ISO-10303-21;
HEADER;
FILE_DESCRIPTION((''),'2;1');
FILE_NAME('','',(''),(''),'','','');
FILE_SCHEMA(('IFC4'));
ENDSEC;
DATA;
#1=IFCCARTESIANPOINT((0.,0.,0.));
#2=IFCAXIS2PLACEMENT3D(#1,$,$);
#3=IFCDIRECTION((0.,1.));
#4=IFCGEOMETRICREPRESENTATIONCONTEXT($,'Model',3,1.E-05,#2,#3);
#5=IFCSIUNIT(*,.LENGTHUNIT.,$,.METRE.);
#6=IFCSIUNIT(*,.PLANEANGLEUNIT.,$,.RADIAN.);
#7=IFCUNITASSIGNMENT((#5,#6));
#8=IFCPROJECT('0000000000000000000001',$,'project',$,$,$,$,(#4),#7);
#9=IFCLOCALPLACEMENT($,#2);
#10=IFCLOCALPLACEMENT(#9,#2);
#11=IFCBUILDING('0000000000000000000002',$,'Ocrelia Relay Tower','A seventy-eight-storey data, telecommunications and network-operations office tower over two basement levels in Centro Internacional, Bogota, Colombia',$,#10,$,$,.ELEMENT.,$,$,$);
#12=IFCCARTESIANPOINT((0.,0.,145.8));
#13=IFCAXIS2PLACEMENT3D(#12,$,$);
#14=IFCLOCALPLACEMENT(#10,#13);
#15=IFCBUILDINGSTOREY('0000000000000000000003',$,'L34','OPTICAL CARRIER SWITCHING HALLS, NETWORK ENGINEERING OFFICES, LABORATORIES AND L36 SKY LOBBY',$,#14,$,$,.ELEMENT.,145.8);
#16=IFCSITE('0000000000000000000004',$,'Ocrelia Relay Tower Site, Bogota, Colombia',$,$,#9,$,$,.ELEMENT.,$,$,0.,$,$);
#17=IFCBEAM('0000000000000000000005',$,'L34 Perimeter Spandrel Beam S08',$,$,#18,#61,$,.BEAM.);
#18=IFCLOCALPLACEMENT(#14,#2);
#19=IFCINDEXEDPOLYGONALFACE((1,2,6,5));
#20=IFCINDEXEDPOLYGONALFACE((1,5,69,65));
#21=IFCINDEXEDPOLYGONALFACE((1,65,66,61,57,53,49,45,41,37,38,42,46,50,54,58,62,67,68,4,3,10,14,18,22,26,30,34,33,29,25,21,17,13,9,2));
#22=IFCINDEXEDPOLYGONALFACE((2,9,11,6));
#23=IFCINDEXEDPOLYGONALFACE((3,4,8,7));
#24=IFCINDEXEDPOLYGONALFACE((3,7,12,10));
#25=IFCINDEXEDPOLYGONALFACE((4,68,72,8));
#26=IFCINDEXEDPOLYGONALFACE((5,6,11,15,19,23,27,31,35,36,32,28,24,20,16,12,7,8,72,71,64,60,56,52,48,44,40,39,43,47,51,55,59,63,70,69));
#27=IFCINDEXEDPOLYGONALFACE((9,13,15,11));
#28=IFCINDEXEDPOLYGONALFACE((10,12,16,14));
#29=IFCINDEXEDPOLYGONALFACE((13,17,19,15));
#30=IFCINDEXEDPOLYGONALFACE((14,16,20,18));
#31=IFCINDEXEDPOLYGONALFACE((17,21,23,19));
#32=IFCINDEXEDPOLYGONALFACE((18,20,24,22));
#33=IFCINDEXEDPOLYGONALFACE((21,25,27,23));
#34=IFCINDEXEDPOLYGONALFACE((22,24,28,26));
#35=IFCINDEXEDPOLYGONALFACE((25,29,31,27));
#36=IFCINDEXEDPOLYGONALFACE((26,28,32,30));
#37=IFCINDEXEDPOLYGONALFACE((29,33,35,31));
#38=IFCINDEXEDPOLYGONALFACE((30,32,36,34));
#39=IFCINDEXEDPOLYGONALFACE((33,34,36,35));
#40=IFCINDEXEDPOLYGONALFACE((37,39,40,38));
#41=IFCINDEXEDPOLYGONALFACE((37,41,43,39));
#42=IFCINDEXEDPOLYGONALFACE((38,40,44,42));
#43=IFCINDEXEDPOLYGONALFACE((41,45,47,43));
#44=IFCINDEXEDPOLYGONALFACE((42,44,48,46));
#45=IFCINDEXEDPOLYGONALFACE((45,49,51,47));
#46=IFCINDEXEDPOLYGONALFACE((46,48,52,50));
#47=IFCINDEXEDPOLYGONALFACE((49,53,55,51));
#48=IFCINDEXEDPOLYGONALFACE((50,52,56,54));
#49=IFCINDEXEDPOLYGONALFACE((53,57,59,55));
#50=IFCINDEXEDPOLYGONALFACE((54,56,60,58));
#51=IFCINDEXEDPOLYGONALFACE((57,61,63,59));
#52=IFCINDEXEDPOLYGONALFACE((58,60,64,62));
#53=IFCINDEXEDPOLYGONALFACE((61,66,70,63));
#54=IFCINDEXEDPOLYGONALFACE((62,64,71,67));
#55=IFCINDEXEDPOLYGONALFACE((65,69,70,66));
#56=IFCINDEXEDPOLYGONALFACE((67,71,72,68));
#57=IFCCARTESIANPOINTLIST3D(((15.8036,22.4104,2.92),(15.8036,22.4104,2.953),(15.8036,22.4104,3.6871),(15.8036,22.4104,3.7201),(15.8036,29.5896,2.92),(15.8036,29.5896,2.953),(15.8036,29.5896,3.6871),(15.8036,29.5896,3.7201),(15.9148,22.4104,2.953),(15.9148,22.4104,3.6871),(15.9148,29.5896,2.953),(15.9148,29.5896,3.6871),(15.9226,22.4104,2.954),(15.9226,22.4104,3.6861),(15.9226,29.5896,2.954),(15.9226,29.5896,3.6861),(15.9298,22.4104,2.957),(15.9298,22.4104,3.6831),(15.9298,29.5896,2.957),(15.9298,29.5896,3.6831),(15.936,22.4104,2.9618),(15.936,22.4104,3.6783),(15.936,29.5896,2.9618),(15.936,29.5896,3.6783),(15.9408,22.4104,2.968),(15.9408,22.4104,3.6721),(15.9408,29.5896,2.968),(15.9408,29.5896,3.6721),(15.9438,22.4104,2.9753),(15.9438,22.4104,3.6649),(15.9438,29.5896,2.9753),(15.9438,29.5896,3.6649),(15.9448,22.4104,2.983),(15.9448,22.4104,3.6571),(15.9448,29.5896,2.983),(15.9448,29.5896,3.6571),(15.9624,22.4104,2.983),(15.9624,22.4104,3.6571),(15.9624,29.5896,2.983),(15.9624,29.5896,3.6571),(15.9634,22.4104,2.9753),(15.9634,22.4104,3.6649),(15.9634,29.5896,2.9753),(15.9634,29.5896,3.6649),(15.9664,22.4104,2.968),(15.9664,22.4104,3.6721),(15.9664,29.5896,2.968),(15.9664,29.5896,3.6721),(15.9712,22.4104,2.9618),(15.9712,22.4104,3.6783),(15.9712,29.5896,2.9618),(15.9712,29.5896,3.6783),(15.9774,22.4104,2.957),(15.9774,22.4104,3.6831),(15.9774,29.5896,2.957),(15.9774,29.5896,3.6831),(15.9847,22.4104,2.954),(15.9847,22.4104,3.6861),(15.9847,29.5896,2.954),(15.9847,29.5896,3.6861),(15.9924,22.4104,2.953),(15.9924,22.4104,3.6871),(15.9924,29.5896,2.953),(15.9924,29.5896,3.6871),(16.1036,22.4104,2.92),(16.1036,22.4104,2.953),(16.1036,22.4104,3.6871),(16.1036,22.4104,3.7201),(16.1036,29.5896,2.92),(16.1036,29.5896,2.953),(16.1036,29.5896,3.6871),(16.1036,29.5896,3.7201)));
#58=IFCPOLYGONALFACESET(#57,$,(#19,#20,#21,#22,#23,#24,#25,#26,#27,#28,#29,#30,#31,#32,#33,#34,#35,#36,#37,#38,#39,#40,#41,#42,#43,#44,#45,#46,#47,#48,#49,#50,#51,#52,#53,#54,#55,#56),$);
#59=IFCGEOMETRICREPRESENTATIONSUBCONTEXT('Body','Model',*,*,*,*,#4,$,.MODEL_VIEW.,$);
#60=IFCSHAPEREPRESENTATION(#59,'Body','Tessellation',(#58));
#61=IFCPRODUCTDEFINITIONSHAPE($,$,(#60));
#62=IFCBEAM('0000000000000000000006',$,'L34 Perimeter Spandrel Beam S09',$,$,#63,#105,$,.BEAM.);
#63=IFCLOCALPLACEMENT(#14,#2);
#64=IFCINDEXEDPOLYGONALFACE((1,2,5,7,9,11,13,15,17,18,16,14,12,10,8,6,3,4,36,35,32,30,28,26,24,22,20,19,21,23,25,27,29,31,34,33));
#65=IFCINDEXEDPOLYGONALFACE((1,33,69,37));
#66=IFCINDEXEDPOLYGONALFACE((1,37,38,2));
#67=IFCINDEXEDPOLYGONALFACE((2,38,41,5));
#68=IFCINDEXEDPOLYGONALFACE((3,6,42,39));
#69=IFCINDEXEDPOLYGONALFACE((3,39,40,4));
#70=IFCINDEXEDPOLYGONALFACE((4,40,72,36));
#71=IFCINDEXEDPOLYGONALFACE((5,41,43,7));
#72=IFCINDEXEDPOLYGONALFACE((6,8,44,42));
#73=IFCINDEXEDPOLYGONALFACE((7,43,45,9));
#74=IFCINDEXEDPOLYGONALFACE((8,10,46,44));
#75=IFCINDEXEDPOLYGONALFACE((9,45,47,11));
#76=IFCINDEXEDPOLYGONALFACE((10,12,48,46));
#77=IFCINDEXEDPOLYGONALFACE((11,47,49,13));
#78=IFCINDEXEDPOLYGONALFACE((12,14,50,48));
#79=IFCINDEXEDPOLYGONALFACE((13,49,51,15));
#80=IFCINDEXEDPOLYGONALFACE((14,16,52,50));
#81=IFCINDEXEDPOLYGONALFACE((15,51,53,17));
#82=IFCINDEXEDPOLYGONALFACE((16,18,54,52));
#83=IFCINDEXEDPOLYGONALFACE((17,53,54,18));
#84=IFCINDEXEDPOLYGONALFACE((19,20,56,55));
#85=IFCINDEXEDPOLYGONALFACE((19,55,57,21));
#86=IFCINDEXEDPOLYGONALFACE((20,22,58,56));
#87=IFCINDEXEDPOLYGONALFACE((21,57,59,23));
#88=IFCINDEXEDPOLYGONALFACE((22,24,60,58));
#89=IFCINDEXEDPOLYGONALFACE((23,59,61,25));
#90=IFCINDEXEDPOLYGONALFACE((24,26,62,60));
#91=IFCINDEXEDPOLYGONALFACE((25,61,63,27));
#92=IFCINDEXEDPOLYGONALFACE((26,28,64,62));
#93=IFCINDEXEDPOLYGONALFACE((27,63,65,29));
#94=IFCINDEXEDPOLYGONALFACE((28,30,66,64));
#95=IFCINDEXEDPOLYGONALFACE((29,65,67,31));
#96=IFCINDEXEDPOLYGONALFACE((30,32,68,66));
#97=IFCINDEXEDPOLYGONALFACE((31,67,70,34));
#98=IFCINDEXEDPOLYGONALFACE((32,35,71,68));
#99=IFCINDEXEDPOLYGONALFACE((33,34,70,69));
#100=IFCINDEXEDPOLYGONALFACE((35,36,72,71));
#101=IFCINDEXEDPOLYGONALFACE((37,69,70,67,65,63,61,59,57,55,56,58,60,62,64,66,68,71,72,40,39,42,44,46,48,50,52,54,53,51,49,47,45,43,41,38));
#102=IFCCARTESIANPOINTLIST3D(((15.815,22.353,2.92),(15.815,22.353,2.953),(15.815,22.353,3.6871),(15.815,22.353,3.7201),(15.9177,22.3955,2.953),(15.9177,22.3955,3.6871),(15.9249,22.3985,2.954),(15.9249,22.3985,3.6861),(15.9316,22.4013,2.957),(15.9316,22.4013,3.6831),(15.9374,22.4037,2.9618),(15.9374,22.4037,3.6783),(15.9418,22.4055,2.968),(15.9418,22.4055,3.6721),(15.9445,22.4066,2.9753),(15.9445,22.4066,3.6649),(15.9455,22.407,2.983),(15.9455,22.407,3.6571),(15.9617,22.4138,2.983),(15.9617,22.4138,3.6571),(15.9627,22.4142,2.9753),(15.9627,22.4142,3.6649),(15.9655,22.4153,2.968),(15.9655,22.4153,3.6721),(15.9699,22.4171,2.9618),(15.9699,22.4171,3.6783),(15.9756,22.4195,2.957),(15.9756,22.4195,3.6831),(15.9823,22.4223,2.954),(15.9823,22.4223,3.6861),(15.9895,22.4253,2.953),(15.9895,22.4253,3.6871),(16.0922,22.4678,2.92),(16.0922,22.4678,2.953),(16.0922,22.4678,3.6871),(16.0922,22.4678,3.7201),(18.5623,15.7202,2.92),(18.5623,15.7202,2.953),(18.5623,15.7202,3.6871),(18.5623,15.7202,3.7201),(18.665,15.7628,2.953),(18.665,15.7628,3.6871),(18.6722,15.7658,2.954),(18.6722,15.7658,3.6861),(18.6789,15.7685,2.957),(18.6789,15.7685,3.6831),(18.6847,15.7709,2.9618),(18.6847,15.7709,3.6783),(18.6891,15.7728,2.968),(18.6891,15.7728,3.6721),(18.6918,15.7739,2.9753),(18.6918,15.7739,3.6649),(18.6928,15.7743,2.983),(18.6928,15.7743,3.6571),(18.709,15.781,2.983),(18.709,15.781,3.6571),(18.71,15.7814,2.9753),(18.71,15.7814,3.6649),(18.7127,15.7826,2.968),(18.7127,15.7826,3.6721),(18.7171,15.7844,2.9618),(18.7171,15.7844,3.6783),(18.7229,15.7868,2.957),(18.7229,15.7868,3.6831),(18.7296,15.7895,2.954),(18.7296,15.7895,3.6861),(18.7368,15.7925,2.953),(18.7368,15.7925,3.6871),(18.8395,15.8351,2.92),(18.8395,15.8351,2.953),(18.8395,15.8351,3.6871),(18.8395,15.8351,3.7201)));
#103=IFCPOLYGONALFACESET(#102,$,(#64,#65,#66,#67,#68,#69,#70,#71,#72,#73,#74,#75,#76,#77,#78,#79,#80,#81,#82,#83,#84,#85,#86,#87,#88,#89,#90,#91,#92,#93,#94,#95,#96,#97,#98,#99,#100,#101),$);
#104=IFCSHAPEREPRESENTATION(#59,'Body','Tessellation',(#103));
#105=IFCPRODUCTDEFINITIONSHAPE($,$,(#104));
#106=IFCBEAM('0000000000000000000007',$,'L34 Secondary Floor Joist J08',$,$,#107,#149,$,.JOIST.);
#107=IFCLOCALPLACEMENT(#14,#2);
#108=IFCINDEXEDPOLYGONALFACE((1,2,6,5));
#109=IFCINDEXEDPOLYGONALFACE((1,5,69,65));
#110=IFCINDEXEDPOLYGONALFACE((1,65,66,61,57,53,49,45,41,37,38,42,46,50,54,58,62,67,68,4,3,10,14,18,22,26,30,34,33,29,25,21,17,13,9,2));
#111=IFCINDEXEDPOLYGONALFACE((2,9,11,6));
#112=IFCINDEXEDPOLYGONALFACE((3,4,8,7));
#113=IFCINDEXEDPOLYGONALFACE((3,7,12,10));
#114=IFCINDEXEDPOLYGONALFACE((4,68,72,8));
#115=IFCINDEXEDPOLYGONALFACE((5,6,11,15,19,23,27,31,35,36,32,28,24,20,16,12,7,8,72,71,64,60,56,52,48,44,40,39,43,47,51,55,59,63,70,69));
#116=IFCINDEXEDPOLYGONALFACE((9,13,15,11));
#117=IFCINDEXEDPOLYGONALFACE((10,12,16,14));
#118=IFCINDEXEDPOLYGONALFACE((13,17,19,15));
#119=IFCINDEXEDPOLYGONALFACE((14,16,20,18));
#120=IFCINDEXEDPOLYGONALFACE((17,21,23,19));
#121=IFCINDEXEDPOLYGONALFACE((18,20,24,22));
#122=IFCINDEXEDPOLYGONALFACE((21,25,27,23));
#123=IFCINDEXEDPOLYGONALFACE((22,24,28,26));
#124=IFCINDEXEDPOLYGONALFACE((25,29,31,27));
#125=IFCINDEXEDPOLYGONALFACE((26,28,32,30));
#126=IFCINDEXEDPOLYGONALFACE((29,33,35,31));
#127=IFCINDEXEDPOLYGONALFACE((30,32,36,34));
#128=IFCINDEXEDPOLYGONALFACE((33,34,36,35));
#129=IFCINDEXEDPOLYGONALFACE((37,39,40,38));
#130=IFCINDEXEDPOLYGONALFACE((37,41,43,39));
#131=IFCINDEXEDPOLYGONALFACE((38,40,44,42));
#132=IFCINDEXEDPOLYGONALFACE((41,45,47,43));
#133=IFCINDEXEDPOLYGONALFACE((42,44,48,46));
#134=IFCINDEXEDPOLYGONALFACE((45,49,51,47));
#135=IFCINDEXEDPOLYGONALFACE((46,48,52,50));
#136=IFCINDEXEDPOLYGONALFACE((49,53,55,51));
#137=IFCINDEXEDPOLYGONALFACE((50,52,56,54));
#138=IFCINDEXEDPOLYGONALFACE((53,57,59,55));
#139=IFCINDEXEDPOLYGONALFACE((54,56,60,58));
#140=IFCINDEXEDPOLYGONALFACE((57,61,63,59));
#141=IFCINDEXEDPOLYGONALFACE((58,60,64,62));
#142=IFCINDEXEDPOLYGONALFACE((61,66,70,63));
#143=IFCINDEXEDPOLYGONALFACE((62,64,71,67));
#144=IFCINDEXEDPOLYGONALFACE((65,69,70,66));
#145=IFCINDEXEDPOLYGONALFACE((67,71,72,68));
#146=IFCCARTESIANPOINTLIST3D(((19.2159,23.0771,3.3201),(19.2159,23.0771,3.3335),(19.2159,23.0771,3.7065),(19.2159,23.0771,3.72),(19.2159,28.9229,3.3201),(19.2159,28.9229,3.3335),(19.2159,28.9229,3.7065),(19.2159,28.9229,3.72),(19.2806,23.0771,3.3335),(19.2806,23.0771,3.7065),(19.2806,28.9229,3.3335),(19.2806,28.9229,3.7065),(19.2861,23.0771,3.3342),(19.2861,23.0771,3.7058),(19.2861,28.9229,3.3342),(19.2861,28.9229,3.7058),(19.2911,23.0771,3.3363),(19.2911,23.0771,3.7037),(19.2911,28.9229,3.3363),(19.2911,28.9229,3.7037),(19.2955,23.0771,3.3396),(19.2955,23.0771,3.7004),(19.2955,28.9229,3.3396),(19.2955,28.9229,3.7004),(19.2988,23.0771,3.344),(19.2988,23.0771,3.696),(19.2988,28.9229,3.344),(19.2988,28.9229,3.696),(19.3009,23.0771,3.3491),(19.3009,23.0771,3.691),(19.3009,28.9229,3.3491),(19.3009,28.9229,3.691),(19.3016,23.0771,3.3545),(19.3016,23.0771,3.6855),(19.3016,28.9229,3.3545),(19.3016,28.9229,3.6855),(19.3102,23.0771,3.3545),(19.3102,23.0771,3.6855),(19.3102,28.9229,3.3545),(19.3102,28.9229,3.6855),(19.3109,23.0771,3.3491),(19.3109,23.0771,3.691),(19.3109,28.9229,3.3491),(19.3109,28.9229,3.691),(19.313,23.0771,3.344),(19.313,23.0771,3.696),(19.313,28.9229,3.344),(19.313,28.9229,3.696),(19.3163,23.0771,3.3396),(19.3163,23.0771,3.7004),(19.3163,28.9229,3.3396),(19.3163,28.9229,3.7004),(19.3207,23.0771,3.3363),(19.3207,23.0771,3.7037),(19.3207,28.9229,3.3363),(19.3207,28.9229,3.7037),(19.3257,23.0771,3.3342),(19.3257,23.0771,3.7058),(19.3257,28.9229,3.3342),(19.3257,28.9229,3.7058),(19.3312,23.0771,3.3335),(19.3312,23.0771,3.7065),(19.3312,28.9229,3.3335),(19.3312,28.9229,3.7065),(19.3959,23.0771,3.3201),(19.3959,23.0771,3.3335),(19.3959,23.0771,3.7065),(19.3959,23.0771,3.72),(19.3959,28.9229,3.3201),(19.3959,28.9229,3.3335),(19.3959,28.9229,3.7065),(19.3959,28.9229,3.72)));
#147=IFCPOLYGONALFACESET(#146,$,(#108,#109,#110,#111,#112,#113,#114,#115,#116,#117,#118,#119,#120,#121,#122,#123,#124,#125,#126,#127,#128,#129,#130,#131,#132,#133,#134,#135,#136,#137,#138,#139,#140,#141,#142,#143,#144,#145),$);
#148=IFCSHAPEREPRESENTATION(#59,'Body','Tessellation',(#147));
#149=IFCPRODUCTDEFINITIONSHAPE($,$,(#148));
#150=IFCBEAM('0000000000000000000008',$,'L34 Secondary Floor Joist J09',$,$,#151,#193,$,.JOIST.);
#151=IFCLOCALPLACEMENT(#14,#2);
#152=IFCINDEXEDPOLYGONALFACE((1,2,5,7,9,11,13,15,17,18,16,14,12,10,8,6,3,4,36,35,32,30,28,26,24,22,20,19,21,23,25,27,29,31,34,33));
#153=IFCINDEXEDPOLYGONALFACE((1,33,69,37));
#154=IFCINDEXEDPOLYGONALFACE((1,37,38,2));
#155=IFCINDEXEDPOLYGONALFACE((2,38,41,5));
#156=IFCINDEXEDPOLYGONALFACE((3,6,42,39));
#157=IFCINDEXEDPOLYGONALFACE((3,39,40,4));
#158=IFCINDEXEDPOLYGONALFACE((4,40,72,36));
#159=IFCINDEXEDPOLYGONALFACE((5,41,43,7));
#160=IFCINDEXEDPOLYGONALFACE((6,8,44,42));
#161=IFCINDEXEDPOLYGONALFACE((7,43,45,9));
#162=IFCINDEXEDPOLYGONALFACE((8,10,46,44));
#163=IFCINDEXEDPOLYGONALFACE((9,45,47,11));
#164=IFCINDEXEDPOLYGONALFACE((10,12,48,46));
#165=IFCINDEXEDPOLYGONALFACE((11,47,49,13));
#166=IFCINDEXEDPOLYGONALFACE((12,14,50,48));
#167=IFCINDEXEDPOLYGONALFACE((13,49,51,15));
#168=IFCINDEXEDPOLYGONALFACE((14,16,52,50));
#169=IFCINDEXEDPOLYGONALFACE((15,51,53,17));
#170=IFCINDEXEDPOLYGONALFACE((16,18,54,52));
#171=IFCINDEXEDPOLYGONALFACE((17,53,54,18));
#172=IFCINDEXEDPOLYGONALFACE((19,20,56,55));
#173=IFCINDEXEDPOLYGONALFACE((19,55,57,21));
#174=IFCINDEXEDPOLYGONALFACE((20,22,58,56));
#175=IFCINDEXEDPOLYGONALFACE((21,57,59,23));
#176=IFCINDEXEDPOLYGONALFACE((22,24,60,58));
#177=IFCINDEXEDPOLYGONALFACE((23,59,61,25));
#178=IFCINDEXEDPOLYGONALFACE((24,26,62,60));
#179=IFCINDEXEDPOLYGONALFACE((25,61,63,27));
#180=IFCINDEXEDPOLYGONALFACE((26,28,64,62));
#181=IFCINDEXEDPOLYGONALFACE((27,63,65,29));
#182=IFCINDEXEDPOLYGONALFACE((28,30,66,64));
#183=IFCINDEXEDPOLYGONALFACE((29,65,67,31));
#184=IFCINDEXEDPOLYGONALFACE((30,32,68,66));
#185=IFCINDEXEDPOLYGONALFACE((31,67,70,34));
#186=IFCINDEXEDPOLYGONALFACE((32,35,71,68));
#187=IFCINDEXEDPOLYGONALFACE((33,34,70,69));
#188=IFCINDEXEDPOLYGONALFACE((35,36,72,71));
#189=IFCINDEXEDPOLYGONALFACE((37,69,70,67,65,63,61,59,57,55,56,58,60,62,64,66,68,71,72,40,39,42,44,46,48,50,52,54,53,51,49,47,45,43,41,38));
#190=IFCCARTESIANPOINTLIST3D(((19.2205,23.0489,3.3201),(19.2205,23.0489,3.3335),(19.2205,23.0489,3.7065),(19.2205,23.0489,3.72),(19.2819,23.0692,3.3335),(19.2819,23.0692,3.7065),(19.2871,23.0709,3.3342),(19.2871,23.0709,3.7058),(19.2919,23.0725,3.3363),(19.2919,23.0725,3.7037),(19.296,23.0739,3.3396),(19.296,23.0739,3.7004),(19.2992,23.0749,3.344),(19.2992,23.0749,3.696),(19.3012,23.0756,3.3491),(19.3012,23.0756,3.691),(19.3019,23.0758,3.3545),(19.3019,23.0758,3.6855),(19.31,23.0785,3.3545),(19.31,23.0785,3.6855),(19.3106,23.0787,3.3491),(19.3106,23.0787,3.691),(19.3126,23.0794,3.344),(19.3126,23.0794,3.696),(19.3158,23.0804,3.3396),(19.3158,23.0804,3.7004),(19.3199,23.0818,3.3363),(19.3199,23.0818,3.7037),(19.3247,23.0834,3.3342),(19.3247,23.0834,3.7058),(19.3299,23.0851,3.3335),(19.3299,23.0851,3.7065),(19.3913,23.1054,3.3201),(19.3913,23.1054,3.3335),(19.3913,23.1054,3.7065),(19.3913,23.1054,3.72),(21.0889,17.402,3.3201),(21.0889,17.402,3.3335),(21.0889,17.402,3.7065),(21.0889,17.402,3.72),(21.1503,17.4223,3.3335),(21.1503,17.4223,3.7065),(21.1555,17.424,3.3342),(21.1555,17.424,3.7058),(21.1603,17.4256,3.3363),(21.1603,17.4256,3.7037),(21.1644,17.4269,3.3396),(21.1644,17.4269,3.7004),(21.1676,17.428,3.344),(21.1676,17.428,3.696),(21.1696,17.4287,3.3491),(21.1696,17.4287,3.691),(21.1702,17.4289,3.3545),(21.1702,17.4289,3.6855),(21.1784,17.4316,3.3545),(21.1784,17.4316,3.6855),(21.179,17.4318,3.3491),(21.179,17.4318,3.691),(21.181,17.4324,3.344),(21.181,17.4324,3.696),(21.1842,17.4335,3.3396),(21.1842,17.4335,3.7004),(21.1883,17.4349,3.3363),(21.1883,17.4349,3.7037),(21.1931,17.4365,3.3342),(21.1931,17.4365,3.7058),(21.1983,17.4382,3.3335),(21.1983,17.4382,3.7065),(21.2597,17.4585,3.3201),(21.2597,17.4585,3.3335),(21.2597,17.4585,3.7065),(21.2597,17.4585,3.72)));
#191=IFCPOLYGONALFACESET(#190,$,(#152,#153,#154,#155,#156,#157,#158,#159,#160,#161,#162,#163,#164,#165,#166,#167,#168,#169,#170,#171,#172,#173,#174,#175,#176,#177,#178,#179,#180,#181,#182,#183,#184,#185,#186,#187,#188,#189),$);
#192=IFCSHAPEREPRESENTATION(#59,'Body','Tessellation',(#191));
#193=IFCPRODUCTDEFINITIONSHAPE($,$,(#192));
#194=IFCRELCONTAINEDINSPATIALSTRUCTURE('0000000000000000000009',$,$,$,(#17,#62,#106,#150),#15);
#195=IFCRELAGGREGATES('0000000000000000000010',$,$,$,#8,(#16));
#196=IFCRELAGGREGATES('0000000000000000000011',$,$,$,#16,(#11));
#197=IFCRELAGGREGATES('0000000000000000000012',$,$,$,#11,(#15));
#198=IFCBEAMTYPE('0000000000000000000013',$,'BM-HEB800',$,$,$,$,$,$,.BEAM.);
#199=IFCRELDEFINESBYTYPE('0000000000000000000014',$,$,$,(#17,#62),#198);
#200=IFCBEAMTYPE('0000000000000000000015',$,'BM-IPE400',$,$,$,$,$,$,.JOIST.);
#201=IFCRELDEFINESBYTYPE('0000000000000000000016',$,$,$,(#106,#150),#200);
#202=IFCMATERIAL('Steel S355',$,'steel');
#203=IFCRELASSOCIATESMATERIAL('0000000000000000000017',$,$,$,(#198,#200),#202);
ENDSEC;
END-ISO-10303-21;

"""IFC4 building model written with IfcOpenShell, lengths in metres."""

from ifc_helpers import new_model, si_unit, direction, frame, origin, origin_2d, place, context, subcontext, project, spatial, i_section, extrude, material, material_profile, profile_set, type_object, element, save


model = new_model("IFC4")

# Units and contexts
model_context = context("Model", 3, precision=1e-05, world=origin(), true_north=direction((0.0, 1.0)))
body_context = subcontext(model_context, "Body", "Model", "MODEL_VIEW")
ifc_project = project(units=[si_unit("LENGTHUNIT", "METRE"), si_unit("PLANEANGLEUNIT", "RADIAN")], contexts=[model_context])

# Site, building, storey
site_placement = place(None, origin())
site = spatial("IfcSite", under=ifc_project, at=site_placement, Name="Ocrelia Relay Tower Site, Bogota, Colombia", CompositionType="ELEMENT", RefElevation=0.0)
building_placement = place(site_placement, origin())
building = spatial("IfcBuilding", under=site, at=building_placement, Name="Ocrelia Relay Tower", Description="A seventy-eight-storey data, telecommunications and network-operations office tower over two basement levels in Centro Internacional, Bogota, Colombia", CompositionType="ELEMENT")
storey_placement = place(building_placement, frame((0.0, 0.0, 145.8)))
storey = spatial("IfcBuildingStorey", under=building, at=storey_placement, Name="L34", Description="OPTICAL CARRIER SWITCHING HALLS, NETWORK ENGINEERING OFFICES, LABORATORIES AND L36 SKY LOBBY", CompositionType="ELEMENT", Elevation=145.8)

# Beams
ifc_material_1 = material(Name="Steel S355", Category="steel")
ifc_material_profile_1 = material_profile(ifc_material_1, i_section(OverallWidth=0.3, OverallDepth=0.8, WebThickness=0.0176, FlangeThickness=0.033, FilletRadius=0.03, at=origin_2d()), Name="HEB 800")
ifc_profile_set_1 = profile_set([ifc_material_profile_1], Name="Steel S355")
beam_type_1 = type_object("IfcBeamType", Name="BM-HEB800", PredefinedType="BEAM", material=ifc_profile_set_1)
for number, where, z_axis, x_axis, name in (
    (1, (15.9536, 29.5896, 3.3201), (0.0, -1.0, 0.0), (1.0, 0.0, 0.0), "L34 Perimeter Spandrel Beam S08"),
    (2, (15.9536, 22.4104, 3.3201), (0.382673, -0.923884, 0.0), (0.923884, 0.382673, 0.0), "L34 Perimeter Spandrel Beam S09"),
):
    element("IfcBeam", number, at=place(storey_placement, frame(where, z_axis=z_axis, x_axis=x_axis)), inside=storey, type_object=beam_type_1, Name=name, PredefinedType="BEAM", context=body_context, shape_type="SweptSolid", body=[
        extrude(i_section(OverallWidth=0.3, OverallDepth=0.8, WebThickness=0.0176, FlangeThickness=0.033, FilletRadius=0.03, at=origin_2d()), origin(), (0.0, 0.0, 1.0), 7.1792),
    ])
ifc_material_profile_2 = material_profile(ifc_material_1, i_section(OverallWidth=0.1799, OverallDepth=0.3999, WebThickness=0.0085, FlangeThickness=0.0134, FilletRadius=0.021, at=origin_2d()), Name="IPE 400")
ifc_profile_set_2 = profile_set([ifc_material_profile_2], Name="Steel S355")
beam_type_2 = type_object("IfcBeamType", Name="BM-IPE400", PredefinedType="JOIST", material=ifc_profile_set_2)
beam_1_placement = place(storey_placement, frame((19.3059, 28.9229, 3.52), z_axis=(0.0, -1.0, 0.0), x_axis=(1.0, 0.0, 0.0)))
element("IfcBeam", 3, at=beam_1_placement, inside=storey, type_object=beam_type_2, Name="L34 Secondary Floor Joist J08", PredefinedType="JOIST", context=body_context, shape_type="SweptSolid", body=[
    extrude(i_section(OverallWidth=0.1799, OverallDepth=0.3999, WebThickness=0.0085, FlangeThickness=0.0134, FilletRadius=0.021, at=origin_2d()), origin(), (0.0, 0.0, 1.0), 5.8457),
])
beam_2_placement = place(storey_placement, frame((19.3059, 23.0771, 3.52), z_axis=(0.314121, -0.949383, 0.0), x_axis=(0.949383, 0.314121, 0.0)))
element("IfcBeam", 4, at=beam_2_placement, inside=storey, type_object=beam_type_2, Name="L34 Secondary Floor Joist J09", PredefinedType="JOIST", context=body_context, shape_type="SweptSolid", body=[
    extrude(i_section(OverallWidth=0.1799, OverallDepth=0.3999, WebThickness=0.0085, FlangeThickness=0.0134, FilletRadius=0.021, at=origin_2d()), origin(), (0.0, 0.0, 1.0), 5.948),
])

save(model, "model.ifc")
